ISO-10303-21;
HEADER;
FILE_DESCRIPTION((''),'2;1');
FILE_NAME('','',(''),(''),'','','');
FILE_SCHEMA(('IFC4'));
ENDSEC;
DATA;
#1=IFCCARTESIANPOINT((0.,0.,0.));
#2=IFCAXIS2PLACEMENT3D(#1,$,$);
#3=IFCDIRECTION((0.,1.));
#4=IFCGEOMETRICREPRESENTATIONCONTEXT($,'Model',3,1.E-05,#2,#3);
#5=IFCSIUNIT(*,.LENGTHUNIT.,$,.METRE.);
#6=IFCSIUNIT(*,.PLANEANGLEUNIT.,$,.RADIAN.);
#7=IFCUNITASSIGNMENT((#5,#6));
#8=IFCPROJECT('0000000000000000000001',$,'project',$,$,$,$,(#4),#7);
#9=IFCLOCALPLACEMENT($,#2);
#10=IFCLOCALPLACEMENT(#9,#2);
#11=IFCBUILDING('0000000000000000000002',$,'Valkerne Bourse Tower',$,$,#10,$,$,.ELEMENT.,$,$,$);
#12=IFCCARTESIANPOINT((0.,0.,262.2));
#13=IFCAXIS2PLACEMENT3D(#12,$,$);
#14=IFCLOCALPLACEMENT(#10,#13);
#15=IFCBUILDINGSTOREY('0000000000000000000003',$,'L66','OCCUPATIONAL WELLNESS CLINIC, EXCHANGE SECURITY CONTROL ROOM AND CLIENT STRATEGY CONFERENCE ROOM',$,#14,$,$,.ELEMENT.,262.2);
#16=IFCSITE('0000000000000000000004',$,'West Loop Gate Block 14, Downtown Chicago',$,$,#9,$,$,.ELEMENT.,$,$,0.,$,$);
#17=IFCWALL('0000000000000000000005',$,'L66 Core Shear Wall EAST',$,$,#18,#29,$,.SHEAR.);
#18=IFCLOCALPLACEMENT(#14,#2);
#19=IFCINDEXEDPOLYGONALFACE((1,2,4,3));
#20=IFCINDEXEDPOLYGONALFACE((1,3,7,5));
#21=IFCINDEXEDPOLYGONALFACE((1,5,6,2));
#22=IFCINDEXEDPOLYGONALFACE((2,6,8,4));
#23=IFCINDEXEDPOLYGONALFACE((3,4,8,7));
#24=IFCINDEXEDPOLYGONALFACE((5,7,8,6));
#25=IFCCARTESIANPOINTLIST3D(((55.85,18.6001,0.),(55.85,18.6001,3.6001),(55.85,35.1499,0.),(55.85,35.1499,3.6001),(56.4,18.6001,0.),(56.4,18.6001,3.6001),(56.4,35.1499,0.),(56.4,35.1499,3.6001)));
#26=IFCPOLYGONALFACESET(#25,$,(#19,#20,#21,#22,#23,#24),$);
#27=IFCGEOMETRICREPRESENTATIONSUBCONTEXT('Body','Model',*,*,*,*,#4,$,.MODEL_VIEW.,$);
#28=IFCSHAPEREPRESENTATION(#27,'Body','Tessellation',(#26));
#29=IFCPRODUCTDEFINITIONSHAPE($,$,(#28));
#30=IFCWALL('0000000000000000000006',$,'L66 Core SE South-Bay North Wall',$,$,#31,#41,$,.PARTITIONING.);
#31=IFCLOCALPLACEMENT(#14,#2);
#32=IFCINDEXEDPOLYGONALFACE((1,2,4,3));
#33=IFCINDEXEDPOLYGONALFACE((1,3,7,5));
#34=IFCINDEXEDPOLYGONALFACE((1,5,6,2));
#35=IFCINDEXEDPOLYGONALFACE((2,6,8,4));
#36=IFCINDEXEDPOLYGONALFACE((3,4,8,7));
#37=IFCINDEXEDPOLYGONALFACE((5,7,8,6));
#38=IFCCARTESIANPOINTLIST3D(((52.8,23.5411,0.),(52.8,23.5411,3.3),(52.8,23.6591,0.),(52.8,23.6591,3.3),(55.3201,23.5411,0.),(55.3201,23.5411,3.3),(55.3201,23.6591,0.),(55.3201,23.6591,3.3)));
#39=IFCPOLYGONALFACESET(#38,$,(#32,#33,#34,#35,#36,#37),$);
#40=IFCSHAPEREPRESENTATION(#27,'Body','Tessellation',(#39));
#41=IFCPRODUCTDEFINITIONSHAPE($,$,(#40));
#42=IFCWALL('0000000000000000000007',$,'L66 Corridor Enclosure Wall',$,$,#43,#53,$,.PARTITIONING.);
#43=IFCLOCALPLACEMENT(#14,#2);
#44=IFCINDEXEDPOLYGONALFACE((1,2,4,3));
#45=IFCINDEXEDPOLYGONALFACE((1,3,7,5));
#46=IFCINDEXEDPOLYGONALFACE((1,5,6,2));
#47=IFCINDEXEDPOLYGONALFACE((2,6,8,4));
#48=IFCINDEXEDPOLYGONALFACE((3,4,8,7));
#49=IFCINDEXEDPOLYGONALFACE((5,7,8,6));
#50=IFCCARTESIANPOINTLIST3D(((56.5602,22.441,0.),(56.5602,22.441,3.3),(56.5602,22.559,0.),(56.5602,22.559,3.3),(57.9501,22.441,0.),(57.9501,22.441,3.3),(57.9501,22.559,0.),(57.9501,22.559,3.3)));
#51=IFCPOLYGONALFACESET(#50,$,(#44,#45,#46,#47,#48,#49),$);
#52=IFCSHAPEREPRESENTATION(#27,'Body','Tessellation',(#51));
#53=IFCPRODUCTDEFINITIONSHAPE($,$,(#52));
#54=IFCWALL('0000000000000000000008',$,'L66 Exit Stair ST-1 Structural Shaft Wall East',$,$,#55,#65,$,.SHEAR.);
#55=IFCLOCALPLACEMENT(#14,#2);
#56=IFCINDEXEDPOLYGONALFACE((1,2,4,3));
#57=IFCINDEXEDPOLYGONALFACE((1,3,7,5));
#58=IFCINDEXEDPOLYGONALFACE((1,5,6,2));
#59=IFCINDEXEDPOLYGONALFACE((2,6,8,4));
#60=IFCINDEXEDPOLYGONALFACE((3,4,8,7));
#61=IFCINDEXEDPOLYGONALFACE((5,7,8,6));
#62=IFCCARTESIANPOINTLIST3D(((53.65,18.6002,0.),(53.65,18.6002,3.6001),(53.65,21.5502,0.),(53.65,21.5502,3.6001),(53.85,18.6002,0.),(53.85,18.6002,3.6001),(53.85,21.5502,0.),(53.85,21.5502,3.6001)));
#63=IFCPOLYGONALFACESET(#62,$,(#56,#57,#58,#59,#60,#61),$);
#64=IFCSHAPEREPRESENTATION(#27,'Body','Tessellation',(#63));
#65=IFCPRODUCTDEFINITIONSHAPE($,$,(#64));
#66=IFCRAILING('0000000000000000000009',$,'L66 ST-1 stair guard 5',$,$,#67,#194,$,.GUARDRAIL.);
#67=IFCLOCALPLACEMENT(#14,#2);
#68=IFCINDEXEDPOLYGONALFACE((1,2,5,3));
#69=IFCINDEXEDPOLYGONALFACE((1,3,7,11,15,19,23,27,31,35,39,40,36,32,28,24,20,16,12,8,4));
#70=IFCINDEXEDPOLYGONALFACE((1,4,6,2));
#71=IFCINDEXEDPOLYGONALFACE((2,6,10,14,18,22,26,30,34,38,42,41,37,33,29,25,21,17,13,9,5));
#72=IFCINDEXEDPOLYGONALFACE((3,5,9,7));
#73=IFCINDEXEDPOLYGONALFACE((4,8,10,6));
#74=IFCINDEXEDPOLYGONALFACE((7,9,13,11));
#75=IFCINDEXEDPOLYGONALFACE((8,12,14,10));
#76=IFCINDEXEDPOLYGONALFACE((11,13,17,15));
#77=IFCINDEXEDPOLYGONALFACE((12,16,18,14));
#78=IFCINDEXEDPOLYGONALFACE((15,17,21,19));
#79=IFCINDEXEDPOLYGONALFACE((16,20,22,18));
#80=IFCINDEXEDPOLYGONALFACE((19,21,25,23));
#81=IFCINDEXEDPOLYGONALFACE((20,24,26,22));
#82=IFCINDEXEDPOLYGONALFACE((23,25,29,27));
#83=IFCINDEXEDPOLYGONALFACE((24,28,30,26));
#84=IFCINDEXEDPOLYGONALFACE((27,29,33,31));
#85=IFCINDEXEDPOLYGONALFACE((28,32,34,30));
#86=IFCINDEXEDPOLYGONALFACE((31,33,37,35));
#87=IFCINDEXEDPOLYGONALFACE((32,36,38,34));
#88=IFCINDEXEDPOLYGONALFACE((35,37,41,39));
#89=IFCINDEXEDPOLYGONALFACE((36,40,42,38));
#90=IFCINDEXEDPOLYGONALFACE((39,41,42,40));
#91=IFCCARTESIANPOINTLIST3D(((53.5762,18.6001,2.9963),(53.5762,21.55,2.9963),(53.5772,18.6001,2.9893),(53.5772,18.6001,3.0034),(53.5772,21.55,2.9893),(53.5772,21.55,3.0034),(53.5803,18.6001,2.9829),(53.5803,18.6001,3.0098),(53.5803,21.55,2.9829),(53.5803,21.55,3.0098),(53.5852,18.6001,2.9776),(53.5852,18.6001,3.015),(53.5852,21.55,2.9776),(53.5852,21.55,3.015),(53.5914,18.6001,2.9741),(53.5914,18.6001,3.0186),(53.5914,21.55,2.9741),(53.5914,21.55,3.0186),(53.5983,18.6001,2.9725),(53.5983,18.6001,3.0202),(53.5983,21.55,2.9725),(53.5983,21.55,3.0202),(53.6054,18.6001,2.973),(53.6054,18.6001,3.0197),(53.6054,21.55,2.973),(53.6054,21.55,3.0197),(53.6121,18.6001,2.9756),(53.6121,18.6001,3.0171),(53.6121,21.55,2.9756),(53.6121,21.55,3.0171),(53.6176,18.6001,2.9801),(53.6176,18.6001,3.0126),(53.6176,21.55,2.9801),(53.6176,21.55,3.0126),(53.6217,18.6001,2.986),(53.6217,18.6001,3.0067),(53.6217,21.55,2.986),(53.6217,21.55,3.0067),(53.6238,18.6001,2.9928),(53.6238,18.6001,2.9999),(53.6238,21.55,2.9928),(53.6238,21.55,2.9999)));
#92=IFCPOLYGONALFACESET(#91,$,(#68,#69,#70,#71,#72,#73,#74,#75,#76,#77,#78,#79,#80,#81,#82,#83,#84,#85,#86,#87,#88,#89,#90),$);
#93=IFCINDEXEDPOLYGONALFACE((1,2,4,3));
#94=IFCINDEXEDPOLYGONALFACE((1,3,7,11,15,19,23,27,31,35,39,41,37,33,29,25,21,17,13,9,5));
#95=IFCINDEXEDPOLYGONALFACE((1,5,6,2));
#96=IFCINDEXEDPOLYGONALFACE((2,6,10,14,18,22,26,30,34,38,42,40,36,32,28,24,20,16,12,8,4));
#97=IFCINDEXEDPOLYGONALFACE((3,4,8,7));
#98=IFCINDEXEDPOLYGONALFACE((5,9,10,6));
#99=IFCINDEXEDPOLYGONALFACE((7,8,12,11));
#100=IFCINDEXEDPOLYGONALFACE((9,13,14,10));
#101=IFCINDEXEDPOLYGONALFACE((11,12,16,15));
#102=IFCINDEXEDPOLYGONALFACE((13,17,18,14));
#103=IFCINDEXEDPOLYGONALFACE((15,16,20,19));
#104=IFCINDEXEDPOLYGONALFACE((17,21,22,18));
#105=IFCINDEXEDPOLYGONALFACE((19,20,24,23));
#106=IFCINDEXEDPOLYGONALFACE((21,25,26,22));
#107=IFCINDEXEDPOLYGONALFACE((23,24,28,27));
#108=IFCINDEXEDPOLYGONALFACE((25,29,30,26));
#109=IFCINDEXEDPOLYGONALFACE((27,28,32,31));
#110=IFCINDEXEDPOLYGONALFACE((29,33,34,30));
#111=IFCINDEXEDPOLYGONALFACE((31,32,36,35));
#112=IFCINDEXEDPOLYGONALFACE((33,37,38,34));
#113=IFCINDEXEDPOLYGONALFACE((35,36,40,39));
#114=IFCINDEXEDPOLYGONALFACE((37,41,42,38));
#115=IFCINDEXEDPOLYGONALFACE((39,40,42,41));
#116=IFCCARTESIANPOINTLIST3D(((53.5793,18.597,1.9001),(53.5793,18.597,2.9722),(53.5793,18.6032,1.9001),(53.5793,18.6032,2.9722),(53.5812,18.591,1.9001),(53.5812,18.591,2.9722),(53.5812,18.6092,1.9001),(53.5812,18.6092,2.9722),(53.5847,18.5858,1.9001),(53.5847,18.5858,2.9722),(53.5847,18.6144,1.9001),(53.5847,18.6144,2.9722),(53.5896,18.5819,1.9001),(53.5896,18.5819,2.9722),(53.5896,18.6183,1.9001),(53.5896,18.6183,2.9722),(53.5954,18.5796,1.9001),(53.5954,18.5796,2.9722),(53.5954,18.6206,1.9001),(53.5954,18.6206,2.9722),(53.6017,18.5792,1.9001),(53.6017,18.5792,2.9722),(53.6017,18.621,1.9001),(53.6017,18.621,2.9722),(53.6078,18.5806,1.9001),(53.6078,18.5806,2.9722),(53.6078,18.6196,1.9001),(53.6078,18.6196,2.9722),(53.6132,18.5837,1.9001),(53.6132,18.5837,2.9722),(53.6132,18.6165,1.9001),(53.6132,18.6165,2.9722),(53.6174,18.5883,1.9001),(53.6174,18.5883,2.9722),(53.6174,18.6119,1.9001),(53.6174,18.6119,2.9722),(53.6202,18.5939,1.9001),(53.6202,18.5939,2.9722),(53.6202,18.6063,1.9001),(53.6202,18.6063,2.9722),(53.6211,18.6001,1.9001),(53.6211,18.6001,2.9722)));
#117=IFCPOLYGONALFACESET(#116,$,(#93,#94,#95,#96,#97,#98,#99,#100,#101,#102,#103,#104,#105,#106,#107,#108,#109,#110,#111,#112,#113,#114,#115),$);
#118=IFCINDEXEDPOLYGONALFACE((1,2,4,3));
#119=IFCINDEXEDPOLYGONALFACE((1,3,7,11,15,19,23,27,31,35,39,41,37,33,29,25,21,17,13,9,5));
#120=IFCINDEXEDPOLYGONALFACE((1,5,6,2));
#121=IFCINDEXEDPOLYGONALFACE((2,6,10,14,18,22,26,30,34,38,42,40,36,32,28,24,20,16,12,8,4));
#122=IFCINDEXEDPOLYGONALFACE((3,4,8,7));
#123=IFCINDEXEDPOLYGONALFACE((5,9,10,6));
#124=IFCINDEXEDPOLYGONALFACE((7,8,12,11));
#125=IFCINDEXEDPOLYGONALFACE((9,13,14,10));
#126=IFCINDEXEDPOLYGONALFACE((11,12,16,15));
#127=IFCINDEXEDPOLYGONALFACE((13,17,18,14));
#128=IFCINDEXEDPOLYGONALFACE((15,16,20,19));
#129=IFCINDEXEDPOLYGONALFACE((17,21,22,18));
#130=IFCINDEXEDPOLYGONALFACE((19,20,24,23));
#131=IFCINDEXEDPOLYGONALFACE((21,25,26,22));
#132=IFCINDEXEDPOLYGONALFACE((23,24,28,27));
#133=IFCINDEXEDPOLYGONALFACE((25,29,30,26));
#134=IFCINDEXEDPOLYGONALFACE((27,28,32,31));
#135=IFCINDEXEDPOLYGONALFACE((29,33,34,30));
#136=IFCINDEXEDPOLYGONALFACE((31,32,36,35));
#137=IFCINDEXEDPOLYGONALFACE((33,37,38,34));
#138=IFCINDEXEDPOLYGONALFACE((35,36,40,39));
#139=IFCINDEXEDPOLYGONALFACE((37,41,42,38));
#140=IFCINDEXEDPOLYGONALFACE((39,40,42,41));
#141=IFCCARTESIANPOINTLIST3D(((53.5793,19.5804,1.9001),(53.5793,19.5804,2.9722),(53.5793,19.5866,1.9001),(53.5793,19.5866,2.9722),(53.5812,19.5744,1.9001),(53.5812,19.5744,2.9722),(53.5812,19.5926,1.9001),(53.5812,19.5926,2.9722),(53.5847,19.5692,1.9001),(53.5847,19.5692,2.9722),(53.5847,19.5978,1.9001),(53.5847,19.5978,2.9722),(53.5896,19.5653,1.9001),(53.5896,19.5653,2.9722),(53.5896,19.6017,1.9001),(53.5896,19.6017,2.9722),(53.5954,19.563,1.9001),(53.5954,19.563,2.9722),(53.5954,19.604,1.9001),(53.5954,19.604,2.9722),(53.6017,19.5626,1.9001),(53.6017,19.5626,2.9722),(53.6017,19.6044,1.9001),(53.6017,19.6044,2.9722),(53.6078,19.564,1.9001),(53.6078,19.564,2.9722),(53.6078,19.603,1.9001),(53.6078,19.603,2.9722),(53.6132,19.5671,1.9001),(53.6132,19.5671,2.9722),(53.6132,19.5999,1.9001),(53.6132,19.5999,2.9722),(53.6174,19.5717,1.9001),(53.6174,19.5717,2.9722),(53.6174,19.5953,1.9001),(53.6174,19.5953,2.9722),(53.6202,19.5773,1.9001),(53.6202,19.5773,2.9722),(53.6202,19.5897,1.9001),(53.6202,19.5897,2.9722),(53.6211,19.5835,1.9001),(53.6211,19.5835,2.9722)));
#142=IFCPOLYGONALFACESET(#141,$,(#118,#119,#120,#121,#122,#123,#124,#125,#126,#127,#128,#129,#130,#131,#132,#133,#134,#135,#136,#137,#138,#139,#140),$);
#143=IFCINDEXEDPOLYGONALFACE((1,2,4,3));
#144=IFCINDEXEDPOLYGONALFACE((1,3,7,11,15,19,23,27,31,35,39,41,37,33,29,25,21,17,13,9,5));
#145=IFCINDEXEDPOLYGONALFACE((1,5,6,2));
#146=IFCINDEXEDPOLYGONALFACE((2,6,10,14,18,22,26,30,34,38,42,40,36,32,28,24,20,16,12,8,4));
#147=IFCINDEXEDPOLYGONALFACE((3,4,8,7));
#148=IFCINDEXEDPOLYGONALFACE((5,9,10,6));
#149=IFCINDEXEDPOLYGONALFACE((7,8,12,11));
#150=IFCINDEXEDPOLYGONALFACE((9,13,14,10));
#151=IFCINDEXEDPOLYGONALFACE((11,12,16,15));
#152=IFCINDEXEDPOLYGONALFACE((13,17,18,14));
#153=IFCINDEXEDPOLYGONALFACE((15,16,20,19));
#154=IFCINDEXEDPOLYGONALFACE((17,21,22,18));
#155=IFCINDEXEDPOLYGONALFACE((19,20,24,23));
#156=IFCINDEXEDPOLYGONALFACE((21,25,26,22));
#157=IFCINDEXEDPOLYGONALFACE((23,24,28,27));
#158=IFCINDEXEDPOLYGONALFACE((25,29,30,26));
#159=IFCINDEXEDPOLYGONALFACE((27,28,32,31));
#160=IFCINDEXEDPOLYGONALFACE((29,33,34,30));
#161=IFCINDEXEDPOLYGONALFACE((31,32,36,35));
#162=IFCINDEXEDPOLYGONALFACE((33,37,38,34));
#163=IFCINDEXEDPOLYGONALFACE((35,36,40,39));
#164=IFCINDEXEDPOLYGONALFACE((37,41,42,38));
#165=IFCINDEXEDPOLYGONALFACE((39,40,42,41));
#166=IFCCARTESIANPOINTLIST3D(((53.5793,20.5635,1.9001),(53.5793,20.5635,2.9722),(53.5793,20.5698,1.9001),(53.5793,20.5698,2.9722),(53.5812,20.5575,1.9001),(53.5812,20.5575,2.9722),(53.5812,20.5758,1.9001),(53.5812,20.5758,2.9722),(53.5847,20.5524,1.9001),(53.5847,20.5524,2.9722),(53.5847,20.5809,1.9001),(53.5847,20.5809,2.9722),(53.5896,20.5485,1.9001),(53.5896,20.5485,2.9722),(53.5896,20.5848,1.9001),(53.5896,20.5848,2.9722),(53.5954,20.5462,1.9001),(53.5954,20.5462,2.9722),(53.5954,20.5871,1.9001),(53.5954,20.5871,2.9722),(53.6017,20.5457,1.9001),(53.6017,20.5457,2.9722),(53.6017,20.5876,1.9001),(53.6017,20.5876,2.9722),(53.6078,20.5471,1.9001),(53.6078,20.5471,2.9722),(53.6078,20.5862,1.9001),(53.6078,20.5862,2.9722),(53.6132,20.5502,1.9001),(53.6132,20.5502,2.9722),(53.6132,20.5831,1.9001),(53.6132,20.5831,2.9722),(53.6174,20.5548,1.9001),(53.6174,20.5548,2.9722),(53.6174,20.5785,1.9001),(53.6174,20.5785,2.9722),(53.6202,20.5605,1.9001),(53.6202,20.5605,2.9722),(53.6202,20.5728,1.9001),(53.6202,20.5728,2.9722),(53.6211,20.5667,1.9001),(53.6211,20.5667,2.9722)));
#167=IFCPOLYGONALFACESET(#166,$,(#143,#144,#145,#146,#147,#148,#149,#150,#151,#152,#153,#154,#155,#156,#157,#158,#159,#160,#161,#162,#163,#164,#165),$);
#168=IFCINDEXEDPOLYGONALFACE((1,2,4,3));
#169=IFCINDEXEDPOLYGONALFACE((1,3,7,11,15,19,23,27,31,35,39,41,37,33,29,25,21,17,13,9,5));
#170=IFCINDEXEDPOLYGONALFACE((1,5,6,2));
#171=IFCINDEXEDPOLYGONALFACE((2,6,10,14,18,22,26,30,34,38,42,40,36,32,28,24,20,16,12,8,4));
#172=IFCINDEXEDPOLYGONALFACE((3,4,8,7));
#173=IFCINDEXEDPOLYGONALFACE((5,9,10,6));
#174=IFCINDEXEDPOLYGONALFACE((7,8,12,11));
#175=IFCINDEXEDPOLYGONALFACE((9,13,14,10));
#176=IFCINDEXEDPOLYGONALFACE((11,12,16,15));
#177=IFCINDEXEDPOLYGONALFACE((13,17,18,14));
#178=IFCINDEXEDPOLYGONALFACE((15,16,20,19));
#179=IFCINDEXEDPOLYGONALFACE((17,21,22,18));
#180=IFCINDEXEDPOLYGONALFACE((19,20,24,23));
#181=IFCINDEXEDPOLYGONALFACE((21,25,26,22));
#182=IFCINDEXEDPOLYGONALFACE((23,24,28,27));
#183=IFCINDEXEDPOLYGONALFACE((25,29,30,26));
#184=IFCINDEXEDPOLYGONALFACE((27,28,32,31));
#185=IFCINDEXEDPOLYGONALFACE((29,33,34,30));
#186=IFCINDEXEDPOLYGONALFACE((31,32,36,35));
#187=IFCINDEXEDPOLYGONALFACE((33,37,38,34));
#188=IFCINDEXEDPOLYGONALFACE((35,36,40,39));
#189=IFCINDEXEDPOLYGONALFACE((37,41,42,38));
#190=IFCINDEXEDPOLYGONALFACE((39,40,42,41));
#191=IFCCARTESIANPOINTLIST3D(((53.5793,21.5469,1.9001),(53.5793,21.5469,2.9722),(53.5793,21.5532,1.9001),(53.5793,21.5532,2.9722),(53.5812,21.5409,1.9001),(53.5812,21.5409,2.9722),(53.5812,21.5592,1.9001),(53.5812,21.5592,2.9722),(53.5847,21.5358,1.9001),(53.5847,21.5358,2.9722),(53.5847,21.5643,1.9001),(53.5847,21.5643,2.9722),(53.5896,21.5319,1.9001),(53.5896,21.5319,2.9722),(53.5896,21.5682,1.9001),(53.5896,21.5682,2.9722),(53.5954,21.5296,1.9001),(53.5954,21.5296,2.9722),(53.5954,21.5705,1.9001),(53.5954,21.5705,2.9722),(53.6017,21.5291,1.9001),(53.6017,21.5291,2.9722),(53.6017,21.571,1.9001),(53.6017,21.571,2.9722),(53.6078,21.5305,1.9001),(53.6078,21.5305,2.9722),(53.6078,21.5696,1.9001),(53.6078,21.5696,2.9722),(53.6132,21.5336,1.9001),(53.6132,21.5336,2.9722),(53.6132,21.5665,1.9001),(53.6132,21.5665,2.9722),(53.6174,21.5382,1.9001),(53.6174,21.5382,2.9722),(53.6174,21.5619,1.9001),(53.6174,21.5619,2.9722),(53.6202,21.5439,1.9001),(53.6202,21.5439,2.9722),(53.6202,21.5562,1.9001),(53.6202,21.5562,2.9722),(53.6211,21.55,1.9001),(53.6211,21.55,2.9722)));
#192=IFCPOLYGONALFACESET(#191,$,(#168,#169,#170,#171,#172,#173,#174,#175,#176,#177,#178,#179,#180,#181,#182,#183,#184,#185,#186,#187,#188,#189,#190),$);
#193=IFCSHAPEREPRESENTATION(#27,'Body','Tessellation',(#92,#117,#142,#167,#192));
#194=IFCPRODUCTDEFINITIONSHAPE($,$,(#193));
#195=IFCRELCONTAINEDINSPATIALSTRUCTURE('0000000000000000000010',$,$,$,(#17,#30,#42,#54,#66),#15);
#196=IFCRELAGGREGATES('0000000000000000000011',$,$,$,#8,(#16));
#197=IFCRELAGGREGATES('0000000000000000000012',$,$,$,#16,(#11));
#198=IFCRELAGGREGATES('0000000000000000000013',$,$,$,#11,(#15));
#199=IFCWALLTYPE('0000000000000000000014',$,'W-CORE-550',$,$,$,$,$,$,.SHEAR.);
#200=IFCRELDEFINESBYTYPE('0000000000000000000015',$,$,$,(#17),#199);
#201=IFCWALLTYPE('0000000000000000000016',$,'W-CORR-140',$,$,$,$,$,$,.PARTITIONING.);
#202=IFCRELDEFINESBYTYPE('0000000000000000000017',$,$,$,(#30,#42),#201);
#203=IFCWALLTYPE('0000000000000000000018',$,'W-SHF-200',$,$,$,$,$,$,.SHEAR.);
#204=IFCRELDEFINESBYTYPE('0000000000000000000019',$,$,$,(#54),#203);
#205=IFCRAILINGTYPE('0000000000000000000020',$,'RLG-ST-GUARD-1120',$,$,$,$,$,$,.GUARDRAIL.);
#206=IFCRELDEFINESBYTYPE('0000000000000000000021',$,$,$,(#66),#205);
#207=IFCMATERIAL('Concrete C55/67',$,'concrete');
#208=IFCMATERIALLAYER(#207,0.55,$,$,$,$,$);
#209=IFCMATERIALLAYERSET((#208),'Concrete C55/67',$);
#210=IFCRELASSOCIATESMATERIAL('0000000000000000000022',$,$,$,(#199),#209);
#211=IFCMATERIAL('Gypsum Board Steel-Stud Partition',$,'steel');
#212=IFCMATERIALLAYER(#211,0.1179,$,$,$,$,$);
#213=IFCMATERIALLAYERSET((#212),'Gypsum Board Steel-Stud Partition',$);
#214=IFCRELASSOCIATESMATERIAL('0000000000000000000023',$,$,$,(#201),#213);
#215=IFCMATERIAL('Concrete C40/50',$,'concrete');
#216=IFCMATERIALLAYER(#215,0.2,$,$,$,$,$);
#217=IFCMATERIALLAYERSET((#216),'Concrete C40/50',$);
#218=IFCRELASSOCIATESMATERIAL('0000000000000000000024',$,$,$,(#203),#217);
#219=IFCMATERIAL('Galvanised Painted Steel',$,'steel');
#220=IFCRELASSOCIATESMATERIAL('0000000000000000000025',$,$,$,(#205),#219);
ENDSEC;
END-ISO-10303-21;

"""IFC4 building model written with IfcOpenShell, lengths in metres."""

from ifc_helpers import new_model, si_unit, direction, frame, frame_2d, origin, origin_2d, place, context, subcontext, project, spatial, rectangle, circle, extrude, material, layer, layer_set, type_object, element, save


model = new_model("IFC4")

# Units and contexts
model_context = context("Model", 3, precision=1e-05, world=origin(), true_north=direction((0.0, 1.0)))
body_context = subcontext(model_context, "Body", "Model", "MODEL_VIEW")
ifc_project = project(units=[si_unit("LENGTHUNIT", "METRE"), si_unit("PLANEANGLEUNIT", "RADIAN")], contexts=[model_context])

# Site, building, storey
site_placement = place(None, origin())
site = spatial("IfcSite", under=ifc_project, at=site_placement, Name="West Loop Gate Block 14, Downtown Chicago", CompositionType="ELEMENT", RefElevation=0.0)
building_placement = place(site_placement, origin())
building = spatial("IfcBuilding", under=site, at=building_placement, Name="Valkerne Bourse Tower", CompositionType="ELEMENT")
storey_placement = place(building_placement, frame((0.0, 0.0, 262.2)))
storey = spatial("IfcBuildingStorey", under=building, at=storey_placement, Name="L66", Description="OCCUPATIONAL WELLNESS CLINIC, EXCHANGE SECURITY CONTROL ROOM AND CLIENT STRATEGY CONFERENCE ROOM", CompositionType="ELEMENT", Elevation=262.2)

# Walls
ifc_material_1 = material(Name="Concrete C55/67", Category="concrete")
ifc_layer_1 = layer(ifc_material_1, 0.55)
ifc_layer_set_1 = layer_set([ifc_layer_1], Name="Concrete C55/67")
wall_type_1 = type_object("IfcWallType", Name="W-CORE-550", PredefinedType="SHEAR", material=ifc_layer_set_1)
wall_1_placement = place(storey_placement, frame((56.125, 18.6001, 0.0), z_axis=(0.0, 0.0, 1.0), x_axis=(0.0, 1.0, 0.0)))
element("IfcWall", 1, at=wall_1_placement, inside=storey, type_object=wall_type_1, Name="L66 Core Shear Wall EAST", PredefinedType="SHEAR", context=body_context, shape_type="SweptSolid", body=[
    extrude(rectangle(XDim=16.5498, YDim=0.55, at=frame_2d((8.2749, 0.0))), origin(), (0.0, 0.0, 1.0), 3.6001),
])
ifc_material_2 = material(Name="Gypsum Board Steel-Stud Partition", Category="steel")
ifc_layer_2 = layer(ifc_material_2, 0.1179)
ifc_layer_set_2 = layer_set([ifc_layer_2], Name="Gypsum Board Steel-Stud Partition")
wall_type_2 = type_object("IfcWallType", Name="W-CORR-140", PredefinedType="PARTITIONING", material=ifc_layer_set_2)
wall_2_placement = place(storey_placement, frame((52.8, 23.6001, 0.0), z_axis=(0.0, 0.0, 1.0), x_axis=(1.0, 0.0, 0.0)))
element("IfcWall", 2, at=wall_2_placement, inside=storey, type_object=wall_type_2, Name="L66 Core SE South-Bay North Wall", PredefinedType="PARTITIONING", context=body_context, shape_type="SweptSolid", body=[
    extrude(rectangle(XDim=2.52, YDim=0.1179, at=frame_2d((1.26, 0.0))), origin(), (0.0, 0.0, 1.0), 3.3),
])
wall_3_placement = place(storey_placement, frame((57.95, 22.5, 0.0), z_axis=(0.0, 0.0, 1.0), x_axis=(-1.0, 0.0, 0.0)))
element("IfcWall", 3, at=wall_3_placement, inside=storey, type_object=wall_type_2, Name="L66 Corridor Enclosure Wall", PredefinedType="PARTITIONING", context=body_context, shape_type="SweptSolid", body=[
    extrude(rectangle(XDim=1.3899, YDim=0.1179, at=frame_2d((0.6948, 0.0))), origin(), (0.0, 0.0, 1.0), 3.3),
])
ifc_material_3 = material(Name="Concrete C40/50", Category="concrete")
ifc_layer_3 = layer(ifc_material_3, 0.2)
ifc_layer_set_3 = layer_set([ifc_layer_3], Name="Concrete C40/50")
wall_type_3 = type_object("IfcWallType", Name="W-SHF-200", PredefinedType="SHEAR", material=ifc_layer_set_3)
wall_4_placement = place(storey_placement, frame((53.75, 18.6001, 0.0), z_axis=(0.0, 0.0, 1.0), x_axis=(0.0, 1.0, 0.0)))
element("IfcWall", 4, at=wall_4_placement, inside=storey, type_object=wall_type_3, Name="L66 Exit Stair ST-1 Structural Shaft Wall East", PredefinedType="SHEAR", context=body_context, shape_type="SweptSolid", body=[
    extrude(rectangle(XDim=2.95, YDim=0.2, at=frame_2d((1.4751, 0.0))), origin(), (0.0, 0.0, 1.0), 3.6001),
])

# Railing
ifc_material_4 = material(Name="Galvanised Painted Steel", Category="steel")
railing_type = type_object("IfcRailingType", Name="RLG-ST-GUARD-1120", PredefinedType="GUARDRAIL", material=ifc_material_4)
railing_1_placement = place(storey_placement, frame((53.6001, 18.6001, 1.9001)))
element("IfcRailing", 5, at=railing_1_placement, inside=storey, type_object=railing_type, Name="L66 ST-1 stair guard 5", PredefinedType="GUARDRAIL", context=body_context, shape_type="SweptSolid", body=[
    extrude(circle(Radius=0.0239, at=origin_2d()), frame((0.0, 0.0, 1.0962), z_axis=(0.0, 1.0, 0.0), x_axis=(-1.0, 0.0, 0.0)), (0.0, 0.0, 1.0), 2.95),
    extrude(circle(Radius=0.021, at=origin_2d()), origin(), (0.0, 0.0, 1.0), 1.072),
    extrude(circle(Radius=0.021, at=origin_2d()), frame((0.0, 0.9834, 0.0)), (0.0, 0.0, 1.0), 1.072),
    extrude(circle(Radius=0.021, at=origin_2d()), frame((0.0, 1.9666, 0.0)), (0.0, 0.0, 1.0), 1.072),
    extrude(circle(Radius=0.021, at=origin_2d()), frame((0.0, 2.95, 0.0)), (0.0, 0.0, 1.0), 1.072),
])

save(model, "model.ifc")
